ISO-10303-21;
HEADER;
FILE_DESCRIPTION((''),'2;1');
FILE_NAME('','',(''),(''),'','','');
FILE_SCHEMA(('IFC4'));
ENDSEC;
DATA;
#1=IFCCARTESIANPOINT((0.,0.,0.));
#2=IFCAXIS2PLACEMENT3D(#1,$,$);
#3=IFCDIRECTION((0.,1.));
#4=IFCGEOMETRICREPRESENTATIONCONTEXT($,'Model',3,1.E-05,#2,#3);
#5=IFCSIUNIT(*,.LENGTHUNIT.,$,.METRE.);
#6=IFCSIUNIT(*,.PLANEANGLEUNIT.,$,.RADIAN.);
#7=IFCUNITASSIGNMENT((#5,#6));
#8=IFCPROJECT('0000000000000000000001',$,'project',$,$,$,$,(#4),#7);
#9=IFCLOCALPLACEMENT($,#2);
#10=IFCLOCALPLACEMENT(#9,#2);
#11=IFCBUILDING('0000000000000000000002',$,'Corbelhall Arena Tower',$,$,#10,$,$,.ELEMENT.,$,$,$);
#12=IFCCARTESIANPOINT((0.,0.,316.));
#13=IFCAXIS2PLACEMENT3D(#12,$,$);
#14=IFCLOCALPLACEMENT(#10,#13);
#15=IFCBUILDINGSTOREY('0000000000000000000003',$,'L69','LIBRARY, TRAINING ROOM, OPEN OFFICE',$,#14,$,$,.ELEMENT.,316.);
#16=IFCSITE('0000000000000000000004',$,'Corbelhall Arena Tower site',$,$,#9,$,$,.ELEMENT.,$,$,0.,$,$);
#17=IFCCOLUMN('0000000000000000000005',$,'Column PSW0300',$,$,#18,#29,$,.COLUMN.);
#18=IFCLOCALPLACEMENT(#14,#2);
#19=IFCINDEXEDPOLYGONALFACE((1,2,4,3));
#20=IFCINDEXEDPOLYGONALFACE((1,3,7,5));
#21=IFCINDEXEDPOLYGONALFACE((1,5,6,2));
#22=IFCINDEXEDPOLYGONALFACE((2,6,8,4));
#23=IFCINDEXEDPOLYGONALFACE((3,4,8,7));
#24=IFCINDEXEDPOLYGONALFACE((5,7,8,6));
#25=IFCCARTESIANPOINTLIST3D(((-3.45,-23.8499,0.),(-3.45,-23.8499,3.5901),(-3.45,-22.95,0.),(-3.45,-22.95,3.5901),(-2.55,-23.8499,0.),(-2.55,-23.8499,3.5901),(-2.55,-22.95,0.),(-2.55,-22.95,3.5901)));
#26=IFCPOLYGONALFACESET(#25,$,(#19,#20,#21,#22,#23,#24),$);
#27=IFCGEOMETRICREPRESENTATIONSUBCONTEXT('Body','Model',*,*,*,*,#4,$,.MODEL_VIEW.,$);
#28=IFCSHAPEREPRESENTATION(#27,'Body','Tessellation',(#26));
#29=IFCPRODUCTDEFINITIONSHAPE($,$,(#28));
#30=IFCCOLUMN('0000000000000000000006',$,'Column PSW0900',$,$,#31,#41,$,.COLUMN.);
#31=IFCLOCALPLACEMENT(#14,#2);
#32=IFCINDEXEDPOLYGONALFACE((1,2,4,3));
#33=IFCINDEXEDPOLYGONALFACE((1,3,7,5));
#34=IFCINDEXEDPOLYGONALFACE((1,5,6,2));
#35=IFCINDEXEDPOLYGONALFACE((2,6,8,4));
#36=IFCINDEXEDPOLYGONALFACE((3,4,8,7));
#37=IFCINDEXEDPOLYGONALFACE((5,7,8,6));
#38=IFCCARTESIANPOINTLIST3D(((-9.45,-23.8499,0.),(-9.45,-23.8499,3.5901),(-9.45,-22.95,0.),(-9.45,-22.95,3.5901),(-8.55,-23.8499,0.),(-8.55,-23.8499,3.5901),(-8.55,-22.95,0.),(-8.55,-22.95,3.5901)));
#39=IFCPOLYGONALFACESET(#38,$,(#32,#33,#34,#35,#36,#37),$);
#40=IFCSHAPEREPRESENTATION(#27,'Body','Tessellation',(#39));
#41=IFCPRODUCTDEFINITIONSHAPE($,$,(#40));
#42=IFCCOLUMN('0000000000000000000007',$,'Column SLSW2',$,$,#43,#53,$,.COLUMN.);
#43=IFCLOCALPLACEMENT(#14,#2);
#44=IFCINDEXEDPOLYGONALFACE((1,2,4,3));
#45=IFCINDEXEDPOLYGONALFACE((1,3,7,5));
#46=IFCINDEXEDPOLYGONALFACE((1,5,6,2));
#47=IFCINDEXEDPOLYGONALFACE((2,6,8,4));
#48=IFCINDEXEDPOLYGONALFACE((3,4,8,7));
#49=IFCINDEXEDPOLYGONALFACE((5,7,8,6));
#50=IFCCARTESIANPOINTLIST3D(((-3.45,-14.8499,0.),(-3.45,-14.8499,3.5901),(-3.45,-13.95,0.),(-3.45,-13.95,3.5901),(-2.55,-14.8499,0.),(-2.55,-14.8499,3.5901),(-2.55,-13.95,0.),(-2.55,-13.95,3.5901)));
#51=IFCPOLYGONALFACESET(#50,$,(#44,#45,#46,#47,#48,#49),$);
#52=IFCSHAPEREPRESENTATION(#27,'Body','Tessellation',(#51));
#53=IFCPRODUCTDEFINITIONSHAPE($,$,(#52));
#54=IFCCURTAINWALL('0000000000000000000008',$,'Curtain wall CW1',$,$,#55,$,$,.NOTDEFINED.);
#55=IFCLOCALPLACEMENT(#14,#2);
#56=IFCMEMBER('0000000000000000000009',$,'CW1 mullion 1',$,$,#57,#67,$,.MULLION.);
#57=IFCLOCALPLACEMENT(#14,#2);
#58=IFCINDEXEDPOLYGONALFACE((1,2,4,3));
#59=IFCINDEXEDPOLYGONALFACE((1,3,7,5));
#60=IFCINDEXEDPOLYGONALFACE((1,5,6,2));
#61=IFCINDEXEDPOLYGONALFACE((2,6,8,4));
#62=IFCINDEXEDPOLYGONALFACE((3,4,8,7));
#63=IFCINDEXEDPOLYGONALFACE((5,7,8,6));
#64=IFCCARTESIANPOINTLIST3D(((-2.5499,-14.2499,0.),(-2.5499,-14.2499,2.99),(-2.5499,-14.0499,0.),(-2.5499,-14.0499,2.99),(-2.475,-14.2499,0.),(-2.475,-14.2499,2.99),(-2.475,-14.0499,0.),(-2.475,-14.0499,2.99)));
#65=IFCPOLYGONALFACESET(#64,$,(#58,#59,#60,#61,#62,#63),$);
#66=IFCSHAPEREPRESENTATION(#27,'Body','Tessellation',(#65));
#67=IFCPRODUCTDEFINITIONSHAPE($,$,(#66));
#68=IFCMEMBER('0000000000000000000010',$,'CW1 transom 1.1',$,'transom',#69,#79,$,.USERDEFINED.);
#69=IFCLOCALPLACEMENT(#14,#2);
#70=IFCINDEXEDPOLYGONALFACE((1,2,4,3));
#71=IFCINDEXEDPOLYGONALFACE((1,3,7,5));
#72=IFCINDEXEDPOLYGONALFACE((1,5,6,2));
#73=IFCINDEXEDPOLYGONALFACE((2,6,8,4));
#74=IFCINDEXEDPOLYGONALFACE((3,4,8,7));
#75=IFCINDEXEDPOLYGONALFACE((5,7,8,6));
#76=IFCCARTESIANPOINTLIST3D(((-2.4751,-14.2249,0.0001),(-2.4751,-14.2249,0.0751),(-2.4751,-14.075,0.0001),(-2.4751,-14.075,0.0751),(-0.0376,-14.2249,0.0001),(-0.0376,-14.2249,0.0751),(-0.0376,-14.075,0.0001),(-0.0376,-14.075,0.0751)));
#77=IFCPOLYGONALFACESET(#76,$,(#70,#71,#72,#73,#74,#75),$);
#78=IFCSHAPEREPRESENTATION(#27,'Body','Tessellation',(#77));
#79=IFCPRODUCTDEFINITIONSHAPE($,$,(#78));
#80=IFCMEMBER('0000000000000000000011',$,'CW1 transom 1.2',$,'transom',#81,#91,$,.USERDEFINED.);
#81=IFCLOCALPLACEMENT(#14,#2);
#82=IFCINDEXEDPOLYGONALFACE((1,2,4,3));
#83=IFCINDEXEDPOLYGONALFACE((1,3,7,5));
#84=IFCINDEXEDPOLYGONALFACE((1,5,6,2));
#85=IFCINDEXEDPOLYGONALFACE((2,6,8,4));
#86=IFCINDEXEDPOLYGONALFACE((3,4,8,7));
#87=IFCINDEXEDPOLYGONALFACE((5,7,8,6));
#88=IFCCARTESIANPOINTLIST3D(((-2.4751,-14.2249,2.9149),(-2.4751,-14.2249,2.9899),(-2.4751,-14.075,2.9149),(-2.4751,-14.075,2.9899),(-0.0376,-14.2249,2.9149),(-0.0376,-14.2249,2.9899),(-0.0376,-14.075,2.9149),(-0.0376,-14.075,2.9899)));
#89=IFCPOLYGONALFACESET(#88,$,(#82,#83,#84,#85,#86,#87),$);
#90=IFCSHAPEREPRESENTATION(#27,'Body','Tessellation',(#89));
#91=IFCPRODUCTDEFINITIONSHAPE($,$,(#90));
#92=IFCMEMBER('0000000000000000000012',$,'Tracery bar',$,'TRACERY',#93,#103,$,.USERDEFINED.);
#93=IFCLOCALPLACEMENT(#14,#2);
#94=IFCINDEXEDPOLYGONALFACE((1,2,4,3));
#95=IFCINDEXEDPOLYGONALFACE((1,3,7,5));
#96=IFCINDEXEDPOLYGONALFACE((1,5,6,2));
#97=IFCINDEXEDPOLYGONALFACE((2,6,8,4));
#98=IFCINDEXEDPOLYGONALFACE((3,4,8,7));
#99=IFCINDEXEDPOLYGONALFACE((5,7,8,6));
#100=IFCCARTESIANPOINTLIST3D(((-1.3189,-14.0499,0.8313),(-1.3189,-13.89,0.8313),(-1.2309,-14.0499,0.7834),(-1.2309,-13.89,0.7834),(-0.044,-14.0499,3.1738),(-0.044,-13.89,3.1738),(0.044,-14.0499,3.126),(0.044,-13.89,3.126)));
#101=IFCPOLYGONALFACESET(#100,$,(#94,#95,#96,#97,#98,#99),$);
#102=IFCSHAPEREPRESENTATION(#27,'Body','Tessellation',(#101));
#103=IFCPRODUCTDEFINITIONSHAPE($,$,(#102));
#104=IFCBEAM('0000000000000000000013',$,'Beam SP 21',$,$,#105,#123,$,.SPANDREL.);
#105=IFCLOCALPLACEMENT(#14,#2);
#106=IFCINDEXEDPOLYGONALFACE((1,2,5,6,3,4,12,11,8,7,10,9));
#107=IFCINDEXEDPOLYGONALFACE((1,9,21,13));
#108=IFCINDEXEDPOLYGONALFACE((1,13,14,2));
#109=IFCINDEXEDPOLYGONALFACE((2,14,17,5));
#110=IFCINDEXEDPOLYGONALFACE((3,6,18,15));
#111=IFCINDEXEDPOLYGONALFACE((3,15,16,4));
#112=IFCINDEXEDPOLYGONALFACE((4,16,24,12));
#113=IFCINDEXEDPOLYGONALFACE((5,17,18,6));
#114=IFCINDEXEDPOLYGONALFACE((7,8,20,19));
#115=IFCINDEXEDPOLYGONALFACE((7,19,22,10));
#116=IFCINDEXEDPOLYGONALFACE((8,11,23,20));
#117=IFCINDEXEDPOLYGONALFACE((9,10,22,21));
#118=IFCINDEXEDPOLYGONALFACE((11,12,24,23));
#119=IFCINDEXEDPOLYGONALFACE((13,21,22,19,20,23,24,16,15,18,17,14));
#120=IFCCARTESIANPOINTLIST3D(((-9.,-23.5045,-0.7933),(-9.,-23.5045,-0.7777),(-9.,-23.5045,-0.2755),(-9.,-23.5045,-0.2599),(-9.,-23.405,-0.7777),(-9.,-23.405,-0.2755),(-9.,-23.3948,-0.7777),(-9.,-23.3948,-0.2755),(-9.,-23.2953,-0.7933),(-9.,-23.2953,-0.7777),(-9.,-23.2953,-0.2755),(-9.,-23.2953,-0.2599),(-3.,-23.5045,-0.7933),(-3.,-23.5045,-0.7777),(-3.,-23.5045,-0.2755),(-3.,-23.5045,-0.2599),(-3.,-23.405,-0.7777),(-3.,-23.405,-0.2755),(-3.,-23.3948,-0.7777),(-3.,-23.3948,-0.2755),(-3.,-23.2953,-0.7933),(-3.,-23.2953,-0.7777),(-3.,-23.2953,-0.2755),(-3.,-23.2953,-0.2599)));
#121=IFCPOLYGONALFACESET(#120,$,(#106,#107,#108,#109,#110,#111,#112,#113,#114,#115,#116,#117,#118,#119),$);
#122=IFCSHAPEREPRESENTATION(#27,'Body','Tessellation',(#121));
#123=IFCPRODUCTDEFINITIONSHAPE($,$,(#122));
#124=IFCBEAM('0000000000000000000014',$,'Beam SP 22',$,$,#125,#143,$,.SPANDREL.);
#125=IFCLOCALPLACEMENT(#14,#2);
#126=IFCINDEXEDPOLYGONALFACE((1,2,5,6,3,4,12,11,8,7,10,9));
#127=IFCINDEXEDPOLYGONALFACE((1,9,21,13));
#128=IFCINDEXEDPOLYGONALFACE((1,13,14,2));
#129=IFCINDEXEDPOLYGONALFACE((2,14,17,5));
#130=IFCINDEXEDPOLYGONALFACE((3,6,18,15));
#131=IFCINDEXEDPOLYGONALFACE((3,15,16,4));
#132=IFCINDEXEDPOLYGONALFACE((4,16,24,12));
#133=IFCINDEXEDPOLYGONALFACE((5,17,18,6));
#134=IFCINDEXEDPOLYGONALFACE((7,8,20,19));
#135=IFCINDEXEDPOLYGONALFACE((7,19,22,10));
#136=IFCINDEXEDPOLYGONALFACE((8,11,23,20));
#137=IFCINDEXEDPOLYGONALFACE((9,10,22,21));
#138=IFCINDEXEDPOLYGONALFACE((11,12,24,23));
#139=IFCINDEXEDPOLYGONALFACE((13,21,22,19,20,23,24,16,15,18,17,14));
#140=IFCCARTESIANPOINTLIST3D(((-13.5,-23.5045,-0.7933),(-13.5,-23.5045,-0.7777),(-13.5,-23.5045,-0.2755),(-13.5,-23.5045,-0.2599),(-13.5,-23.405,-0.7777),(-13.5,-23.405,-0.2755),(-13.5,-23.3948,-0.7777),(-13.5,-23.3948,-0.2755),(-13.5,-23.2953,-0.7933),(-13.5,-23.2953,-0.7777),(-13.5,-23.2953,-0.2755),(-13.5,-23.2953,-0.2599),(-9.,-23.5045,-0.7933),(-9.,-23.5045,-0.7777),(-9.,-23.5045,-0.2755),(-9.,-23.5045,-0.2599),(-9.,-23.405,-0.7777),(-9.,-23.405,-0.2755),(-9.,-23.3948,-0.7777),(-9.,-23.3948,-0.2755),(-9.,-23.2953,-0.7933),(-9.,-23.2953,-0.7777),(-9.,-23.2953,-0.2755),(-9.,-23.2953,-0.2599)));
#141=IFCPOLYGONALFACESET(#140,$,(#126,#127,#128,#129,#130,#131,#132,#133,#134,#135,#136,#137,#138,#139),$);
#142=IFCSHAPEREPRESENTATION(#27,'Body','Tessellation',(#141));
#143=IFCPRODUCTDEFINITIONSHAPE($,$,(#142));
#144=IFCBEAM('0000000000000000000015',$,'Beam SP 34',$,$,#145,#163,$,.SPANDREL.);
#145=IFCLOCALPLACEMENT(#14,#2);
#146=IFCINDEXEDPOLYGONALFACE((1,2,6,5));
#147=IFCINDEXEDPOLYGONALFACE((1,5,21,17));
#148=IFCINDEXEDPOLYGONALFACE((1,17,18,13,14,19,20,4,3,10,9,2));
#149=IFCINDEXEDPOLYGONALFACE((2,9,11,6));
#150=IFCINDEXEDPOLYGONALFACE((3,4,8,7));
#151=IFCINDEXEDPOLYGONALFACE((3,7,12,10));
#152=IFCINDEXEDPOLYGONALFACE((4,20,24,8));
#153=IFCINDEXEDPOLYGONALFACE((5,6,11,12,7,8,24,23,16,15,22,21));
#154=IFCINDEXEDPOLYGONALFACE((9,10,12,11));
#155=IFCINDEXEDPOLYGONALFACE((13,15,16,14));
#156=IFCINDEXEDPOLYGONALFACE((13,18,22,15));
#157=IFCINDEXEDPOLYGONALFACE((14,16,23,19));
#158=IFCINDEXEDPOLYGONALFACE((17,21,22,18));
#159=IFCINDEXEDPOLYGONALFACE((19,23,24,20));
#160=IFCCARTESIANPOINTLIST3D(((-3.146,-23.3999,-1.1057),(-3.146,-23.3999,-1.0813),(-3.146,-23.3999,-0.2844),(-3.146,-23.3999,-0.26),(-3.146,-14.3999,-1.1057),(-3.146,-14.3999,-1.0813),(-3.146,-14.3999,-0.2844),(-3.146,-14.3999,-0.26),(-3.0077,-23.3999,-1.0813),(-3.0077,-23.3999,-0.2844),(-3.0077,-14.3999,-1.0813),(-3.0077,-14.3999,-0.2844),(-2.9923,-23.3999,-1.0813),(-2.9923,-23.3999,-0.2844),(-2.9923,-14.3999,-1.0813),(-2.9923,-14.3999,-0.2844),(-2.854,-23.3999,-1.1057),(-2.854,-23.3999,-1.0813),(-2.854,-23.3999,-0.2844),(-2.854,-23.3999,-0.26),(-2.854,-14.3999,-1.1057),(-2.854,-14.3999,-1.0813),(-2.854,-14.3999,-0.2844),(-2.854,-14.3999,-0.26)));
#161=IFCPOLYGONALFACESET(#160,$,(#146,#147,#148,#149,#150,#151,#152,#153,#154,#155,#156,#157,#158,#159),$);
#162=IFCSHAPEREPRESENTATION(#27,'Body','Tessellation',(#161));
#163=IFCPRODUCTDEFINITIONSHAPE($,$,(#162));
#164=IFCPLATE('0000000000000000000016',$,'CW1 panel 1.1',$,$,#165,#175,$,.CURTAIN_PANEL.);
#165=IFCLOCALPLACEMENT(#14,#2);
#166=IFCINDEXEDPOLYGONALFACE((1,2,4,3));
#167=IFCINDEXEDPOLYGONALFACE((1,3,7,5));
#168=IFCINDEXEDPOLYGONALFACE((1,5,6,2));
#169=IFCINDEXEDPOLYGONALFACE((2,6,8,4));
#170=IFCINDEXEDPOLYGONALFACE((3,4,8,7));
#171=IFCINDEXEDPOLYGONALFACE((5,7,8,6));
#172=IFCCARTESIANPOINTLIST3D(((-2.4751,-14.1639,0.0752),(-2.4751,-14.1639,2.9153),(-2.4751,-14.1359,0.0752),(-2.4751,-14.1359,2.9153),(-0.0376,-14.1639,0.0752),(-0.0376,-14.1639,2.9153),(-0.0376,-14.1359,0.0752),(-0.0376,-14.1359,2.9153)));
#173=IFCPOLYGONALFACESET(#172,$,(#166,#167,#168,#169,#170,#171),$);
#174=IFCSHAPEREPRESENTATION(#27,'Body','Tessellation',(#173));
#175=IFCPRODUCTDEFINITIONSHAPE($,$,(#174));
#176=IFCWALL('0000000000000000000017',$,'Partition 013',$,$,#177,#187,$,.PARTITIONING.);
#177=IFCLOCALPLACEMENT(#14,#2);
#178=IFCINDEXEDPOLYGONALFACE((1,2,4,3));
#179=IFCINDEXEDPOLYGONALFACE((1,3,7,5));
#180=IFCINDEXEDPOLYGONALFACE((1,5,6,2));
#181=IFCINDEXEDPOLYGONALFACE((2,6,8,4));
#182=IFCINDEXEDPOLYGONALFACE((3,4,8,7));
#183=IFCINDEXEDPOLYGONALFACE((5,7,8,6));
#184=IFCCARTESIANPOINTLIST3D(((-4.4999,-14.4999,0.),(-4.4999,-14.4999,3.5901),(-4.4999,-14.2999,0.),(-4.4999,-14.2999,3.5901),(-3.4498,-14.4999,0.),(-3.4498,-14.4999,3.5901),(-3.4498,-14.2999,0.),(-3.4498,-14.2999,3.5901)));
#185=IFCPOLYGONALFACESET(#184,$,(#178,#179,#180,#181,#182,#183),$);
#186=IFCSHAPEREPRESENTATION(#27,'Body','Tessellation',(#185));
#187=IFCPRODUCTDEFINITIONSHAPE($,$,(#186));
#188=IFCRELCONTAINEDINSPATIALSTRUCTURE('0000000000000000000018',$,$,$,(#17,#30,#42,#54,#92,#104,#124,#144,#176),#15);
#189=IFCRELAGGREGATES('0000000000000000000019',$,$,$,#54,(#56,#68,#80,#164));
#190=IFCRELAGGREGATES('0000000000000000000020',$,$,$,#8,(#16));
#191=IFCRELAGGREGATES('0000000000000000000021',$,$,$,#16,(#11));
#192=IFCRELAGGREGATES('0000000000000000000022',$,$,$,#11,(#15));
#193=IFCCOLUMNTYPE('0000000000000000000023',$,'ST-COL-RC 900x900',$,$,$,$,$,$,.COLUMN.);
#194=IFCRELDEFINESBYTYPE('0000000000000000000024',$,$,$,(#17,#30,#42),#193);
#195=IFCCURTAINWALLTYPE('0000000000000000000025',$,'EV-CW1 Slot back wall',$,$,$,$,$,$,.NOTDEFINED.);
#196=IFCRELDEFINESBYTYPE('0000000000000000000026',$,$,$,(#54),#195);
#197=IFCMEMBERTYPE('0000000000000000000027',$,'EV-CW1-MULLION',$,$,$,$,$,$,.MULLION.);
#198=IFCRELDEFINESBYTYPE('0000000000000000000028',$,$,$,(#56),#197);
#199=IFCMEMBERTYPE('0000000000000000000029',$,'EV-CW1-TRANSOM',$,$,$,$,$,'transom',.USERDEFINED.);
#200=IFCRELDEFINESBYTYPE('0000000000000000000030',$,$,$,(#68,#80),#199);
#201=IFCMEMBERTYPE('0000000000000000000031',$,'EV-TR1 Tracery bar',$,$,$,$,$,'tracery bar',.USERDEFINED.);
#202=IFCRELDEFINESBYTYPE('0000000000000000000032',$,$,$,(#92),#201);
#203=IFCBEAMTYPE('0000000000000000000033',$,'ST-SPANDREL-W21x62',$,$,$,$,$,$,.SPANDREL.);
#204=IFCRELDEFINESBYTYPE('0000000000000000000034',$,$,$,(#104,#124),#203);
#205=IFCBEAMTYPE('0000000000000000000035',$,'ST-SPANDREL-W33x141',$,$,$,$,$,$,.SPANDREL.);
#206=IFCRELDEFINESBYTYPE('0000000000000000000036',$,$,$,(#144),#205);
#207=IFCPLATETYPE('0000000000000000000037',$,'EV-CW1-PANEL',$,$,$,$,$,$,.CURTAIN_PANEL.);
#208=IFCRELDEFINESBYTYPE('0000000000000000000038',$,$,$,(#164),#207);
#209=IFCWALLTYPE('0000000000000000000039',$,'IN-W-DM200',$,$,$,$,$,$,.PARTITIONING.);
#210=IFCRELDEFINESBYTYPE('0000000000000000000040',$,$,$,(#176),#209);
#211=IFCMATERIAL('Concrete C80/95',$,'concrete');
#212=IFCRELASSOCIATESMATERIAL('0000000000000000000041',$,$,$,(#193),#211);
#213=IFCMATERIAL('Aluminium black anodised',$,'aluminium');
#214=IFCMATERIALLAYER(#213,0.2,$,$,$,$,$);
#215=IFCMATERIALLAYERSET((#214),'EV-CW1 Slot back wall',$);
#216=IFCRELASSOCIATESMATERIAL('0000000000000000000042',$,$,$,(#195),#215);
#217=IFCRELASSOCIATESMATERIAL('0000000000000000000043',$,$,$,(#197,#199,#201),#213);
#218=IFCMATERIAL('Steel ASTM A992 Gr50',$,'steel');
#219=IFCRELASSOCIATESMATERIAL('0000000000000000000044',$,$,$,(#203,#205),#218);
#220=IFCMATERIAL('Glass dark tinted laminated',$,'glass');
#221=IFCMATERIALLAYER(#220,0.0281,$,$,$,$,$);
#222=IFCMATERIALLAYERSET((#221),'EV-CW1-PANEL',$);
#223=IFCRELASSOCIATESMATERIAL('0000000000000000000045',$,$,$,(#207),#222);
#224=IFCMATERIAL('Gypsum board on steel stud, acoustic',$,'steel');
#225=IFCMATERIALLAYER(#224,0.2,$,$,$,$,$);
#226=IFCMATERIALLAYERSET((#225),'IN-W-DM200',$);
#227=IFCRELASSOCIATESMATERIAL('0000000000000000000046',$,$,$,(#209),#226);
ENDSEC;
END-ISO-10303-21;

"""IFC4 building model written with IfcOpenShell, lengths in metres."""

from ifc_helpers import new_model, si_unit, direction, frame, frame_2d, origin, origin_2d, place, context, subcontext, project, spatial, rectangle, i_section, extrude, material, layer, layer_set, material_profile, profile_set, type_object, element, aggregate, save


model = new_model("IFC4")

# Units and contexts
model_context = context("Model", 3, precision=1e-05, world=origin(), true_north=direction((0.0, 1.0)))
body_context = subcontext(model_context, "Body", "Model", "MODEL_VIEW")
ifc_project = project(units=[si_unit("LENGTHUNIT", "METRE"), si_unit("PLANEANGLEUNIT", "RADIAN")], contexts=[model_context])

# Site, building, storey
site_placement = place(None, origin())
site = spatial("IfcSite", under=ifc_project, at=site_placement, Name="Corbelhall Arena Tower site", CompositionType="ELEMENT", RefElevation=0.0)
building_placement = place(site_placement, origin())
building = spatial("IfcBuilding", under=site, at=building_placement, Name="Corbelhall Arena Tower", CompositionType="ELEMENT")
storey_placement = place(building_placement, frame((0.0, 0.0, 316.0)))
storey = spatial("IfcBuildingStorey", under=building, at=storey_placement, Name="L69", Description="LIBRARY, TRAINING ROOM, OPEN OFFICE", CompositionType="ELEMENT", Elevation=316.0)

# Columns
ifc_material_1 = material(Name="Concrete C80/95", Category="concrete")
ifc_material_profile_1 = material_profile(ifc_material_1, rectangle(XDim=0.8999, YDim=0.8999, at=origin_2d()))
ifc_profile_set_1 = profile_set([ifc_material_profile_1], Name="Concrete C80/95")
column_type = type_object("IfcColumnType", Name="ST-COL-RC 900x900", PredefinedType="COLUMN", material=ifc_profile_set_1)
for number, where, z_axis, x_axis, name in (
    (1, (-3.0, -23.3999, 0.0), (0.0, 0.0, 1.0), (1.0, 0.0, 0.0), "Column PSW0300"),
    (2, (-9.0, -23.3999, 0.0), (0.0, 0.0, 1.0), (1.0, 0.0, 0.0), "Column PSW0900"),
    (3, (-3.0, -14.3999, 0.0), (0.0, 0.0, 1.0), (1.0, 0.0, 0.0), "Column SLSW2"),
):
    element("IfcColumn", number, at=place(storey_placement, frame(where, z_axis=z_axis, x_axis=x_axis)), inside=storey, type_object=column_type, Name=name, PredefinedType="COLUMN", context=body_context, shape_type="SweptSolid", body=[
        extrude(rectangle(XDim=0.8999, YDim=0.8999, at=origin_2d()), origin(), (0.0, 0.0, 1.0), 3.5901),
    ])

# Curtain wall, members
ifc_material_2 = material(Name="Aluminium black anodised", Category="aluminium")
ifc_layer_1 = layer(ifc_material_2, 0.2)
ifc_layer_set_1 = layer_set([ifc_layer_1], Name="EV-CW1 Slot back wall")
curtain_wall_type = type_object("IfcCurtainWallType", Name="EV-CW1 Slot back wall", PredefinedType="NOTDEFINED", material=ifc_layer_set_1)
curtain_wall_placement = place(storey_placement, origin())
curtain_wall = element("IfcCurtainWall", 4, at=curtain_wall_placement, inside=storey, type_object=curtain_wall_type, Name="Curtain wall CW1", PredefinedType="NOTDEFINED")
ifc_material_profile_2 = material_profile(ifc_material_2, rectangle(XDim=0.2, YDim=0.075, at=origin_2d()))
ifc_profile_set_2 = profile_set([ifc_material_profile_2], Name="Aluminium black anodised")
member_type_1 = type_object("IfcMemberType", Name="EV-CW1-MULLION", PredefinedType="MULLION", material=ifc_profile_set_2)
member_1_placement = place(storey_placement, frame((-2.5125, -14.1499, 0.0), z_axis=(0.0, 0.0, 1.0), x_axis=(0.0, 1.0, 0.0)))
member_1 = element("IfcMember", 5, at=member_1_placement, type_object=member_type_1, Name="CW1 mullion 1", PredefinedType="MULLION", context=body_context, shape_type="SweptSolid", body=[
    extrude(rectangle(XDim=0.2, YDim=0.075, at=origin_2d()), origin(), (0.0, 0.0, 1.0), 2.99),
])
ifc_material_profile_3 = material_profile(ifc_material_2, rectangle(XDim=0.1499, YDim=0.075, at=origin_2d()))
ifc_profile_set_3 = profile_set([ifc_material_profile_3], Name="Aluminium black anodised")
member_type_2 = type_object("IfcMemberType", Name="EV-CW1-TRANSOM", ElementType="transom", PredefinedType="USERDEFINED", material=ifc_profile_set_3)
member_2_placement = place(storey_placement, frame((-2.4751, -14.1499, 0.0376), z_axis=(1.0, 0.0, 0.0), x_axis=(0.0, 1.0, 0.0)))
member_2 = element("IfcMember", 6, at=member_2_placement, type_object=member_type_2, Name="CW1 transom 1.1", ObjectType="transom", PredefinedType="USERDEFINED", context=body_context, shape_type="SweptSolid", body=[
    extrude(rectangle(XDim=0.1499, YDim=0.075, at=origin_2d()), origin(), (0.0, 0.0, 1.0), 2.4375),
])
member_3_placement = place(storey_placement, frame((-2.4751, -14.1499, 2.9524), z_axis=(1.0, 0.0, 0.0), x_axis=(0.0, 1.0, 0.0)))
member_3 = element("IfcMember", 7, at=member_3_placement, type_object=member_type_2, Name="CW1 transom 1.2", ObjectType="transom", PredefinedType="USERDEFINED", context=body_context, shape_type="SweptSolid", body=[
    extrude(rectangle(XDim=0.1499, YDim=0.075, at=origin_2d()), origin(), (0.0, 0.0, 1.0), 2.4375),
])

# Member
ifc_material_profile_4 = material_profile(ifc_material_2, rectangle(XDim=0.1599, YDim=0.1001, at=origin_2d()))
ifc_profile_set_4 = profile_set([ifc_material_profile_4], Name="Aluminium black anodised")
member_type_3 = type_object("IfcMemberType", Name="EV-TR1 Tracery bar", ElementType="tracery bar", PredefinedType="USERDEFINED", material=ifc_profile_set_4)
member_4_placement = place(storey_placement, frame((-1.2749, -13.97, 0.8074), z_axis=(0.478031, 0.0, 0.878343), x_axis=(0.0, 1.0, 0.0)))
element("IfcMember", 8, at=member_4_placement, inside=storey, type_object=member_type_3, Name="Tracery bar", ObjectType="TRACERY", PredefinedType="USERDEFINED", context=body_context, shape_type="SweptSolid", body=[
    extrude(rectangle(XDim=0.1599, YDim=0.1001, at=origin_2d()), origin(), (0.0, 0.0, 1.0), 2.667),
])

# Beams
ifc_material_3 = material(Name="Steel ASTM A992 Gr50", Category="steel")
ifc_material_profile_5 = material_profile(ifc_material_3, i_section(OverallWidth=0.2092, OverallDepth=0.5334, WebThickness=0.0103, FlangeThickness=0.0156, at=origin_2d()))
ifc_profile_set_5 = profile_set([ifc_material_profile_5], Name="Steel ASTM A992 Gr50")
beam_type_1 = type_object("IfcBeamType", Name="ST-SPANDREL-W21x62", PredefinedType="SPANDREL", material=ifc_profile_set_5)
beam_1_placement = place(storey_placement, frame((-3.0, -23.3999, -0.5266), z_axis=(-1.0, 0.0, 0.0), x_axis=(0.0, -1.0, 0.0)))
element("IfcBeam", 9, at=beam_1_placement, inside=storey, type_object=beam_type_1, Name="Beam SP 21", PredefinedType="SPANDREL", context=body_context, shape_type="SweptSolid", body=[
    extrude(i_section(OverallWidth=0.2092, OverallDepth=0.5334, WebThickness=0.0103, FlangeThickness=0.0156, at=origin_2d()), origin(), (0.0, 0.0, 1.0), 6.0),
])
beam_2_placement = place(storey_placement, frame((-9.0, -23.3999, -0.5266), z_axis=(-1.0, 0.0, 0.0), x_axis=(0.0, -1.0, 0.0)))
element("IfcBeam", 10, at=beam_2_placement, inside=storey, type_object=beam_type_1, Name="Beam SP 22", PredefinedType="SPANDREL", context=body_context, shape_type="SweptSolid", body=[
    extrude(i_section(OverallWidth=0.2092, OverallDepth=0.5334, WebThickness=0.0103, FlangeThickness=0.0156, at=origin_2d()), origin(), (0.0, 0.0, 1.0), 4.5),
])
ifc_material_profile_6 = material_profile(ifc_material_3, i_section(OverallWidth=0.292, OverallDepth=0.8457, WebThickness=0.0154, FlangeThickness=0.0244, at=origin_2d()))
ifc_profile_set_6 = profile_set([ifc_material_profile_6], Name="Steel ASTM A992 Gr50")
beam_type_2 = type_object("IfcBeamType", Name="ST-SPANDREL-W33x141", PredefinedType="SPANDREL", material=ifc_profile_set_6)
beam_3_placement = place(storey_placement, frame((-3.0, -14.3999, -0.6829), z_axis=(0.0, -1.0, 0.0), x_axis=(1.0, 0.0, 0.0)))
element("IfcBeam", 11, at=beam_3_placement, inside=storey, type_object=beam_type_2, Name="Beam SP 34", PredefinedType="SPANDREL", context=body_context, shape_type="SweptSolid", body=[
    extrude(i_section(OverallWidth=0.292, OverallDepth=0.8457, WebThickness=0.0154, FlangeThickness=0.0244, at=origin_2d()), origin(), (0.0, 0.0, 1.0), 9.0),
])

# Plate
ifc_material_4 = material(Name="Glass dark tinted laminated", Category="glass")
ifc_layer_2 = layer(ifc_material_4, 0.0281)
ifc_layer_set_2 = layer_set([ifc_layer_2], Name="EV-CW1-PANEL")
plate_type = type_object("IfcPlateType", Name="EV-CW1-PANEL", PredefinedType="CURTAIN_PANEL", material=ifc_layer_set_2)
plate_placement = place(storey_placement, frame((-1.2563, -14.1499, 0.0752), z_axis=(0.0, 0.0, 1.0), x_axis=(1.0, 0.0, 0.0)))
plate = element("IfcPlate", 12, at=plate_placement, type_object=plate_type, Name="CW1 panel 1.1", PredefinedType="CURTAIN_PANEL", context=body_context, shape_type="SweptSolid", body=[
    extrude(rectangle(XDim=2.4375, YDim=0.0281, at=origin_2d()), origin(), (0.0, 0.0, 1.0), 2.8401),
])
aggregate(curtain_wall, [member_1, member_2, member_3, plate])

# Wall
ifc_material_5 = material(Name="Gypsum board on steel stud, acoustic", Category="steel")
ifc_layer_3 = layer(ifc_material_5, 0.2)
ifc_layer_set_3 = layer_set([ifc_layer_3], Name="IN-W-DM200")
wall_type_1 = type_object("IfcWallType", Name="IN-W-DM200", PredefinedType="PARTITIONING", material=ifc_layer_set_3)
wall_1_placement = place(storey_placement, frame((-3.45, -14.3999, 0.0), z_axis=(0.0, 0.0, 1.0), x_axis=(-1.0, 0.0, 0.0)))
element("IfcWall", 13, at=wall_1_placement, inside=storey, type_object=wall_type_1, Name="Partition 013", PredefinedType="PARTITIONING", context=body_context, shape_type="SweptSolid", body=[
    extrude(rectangle(XDim=1.05, YDim=0.2, at=frame_2d((0.5249, 0.0))), origin(), (0.0, 0.0, 1.0), 3.5901),
])

save(model, "model.ifc")
